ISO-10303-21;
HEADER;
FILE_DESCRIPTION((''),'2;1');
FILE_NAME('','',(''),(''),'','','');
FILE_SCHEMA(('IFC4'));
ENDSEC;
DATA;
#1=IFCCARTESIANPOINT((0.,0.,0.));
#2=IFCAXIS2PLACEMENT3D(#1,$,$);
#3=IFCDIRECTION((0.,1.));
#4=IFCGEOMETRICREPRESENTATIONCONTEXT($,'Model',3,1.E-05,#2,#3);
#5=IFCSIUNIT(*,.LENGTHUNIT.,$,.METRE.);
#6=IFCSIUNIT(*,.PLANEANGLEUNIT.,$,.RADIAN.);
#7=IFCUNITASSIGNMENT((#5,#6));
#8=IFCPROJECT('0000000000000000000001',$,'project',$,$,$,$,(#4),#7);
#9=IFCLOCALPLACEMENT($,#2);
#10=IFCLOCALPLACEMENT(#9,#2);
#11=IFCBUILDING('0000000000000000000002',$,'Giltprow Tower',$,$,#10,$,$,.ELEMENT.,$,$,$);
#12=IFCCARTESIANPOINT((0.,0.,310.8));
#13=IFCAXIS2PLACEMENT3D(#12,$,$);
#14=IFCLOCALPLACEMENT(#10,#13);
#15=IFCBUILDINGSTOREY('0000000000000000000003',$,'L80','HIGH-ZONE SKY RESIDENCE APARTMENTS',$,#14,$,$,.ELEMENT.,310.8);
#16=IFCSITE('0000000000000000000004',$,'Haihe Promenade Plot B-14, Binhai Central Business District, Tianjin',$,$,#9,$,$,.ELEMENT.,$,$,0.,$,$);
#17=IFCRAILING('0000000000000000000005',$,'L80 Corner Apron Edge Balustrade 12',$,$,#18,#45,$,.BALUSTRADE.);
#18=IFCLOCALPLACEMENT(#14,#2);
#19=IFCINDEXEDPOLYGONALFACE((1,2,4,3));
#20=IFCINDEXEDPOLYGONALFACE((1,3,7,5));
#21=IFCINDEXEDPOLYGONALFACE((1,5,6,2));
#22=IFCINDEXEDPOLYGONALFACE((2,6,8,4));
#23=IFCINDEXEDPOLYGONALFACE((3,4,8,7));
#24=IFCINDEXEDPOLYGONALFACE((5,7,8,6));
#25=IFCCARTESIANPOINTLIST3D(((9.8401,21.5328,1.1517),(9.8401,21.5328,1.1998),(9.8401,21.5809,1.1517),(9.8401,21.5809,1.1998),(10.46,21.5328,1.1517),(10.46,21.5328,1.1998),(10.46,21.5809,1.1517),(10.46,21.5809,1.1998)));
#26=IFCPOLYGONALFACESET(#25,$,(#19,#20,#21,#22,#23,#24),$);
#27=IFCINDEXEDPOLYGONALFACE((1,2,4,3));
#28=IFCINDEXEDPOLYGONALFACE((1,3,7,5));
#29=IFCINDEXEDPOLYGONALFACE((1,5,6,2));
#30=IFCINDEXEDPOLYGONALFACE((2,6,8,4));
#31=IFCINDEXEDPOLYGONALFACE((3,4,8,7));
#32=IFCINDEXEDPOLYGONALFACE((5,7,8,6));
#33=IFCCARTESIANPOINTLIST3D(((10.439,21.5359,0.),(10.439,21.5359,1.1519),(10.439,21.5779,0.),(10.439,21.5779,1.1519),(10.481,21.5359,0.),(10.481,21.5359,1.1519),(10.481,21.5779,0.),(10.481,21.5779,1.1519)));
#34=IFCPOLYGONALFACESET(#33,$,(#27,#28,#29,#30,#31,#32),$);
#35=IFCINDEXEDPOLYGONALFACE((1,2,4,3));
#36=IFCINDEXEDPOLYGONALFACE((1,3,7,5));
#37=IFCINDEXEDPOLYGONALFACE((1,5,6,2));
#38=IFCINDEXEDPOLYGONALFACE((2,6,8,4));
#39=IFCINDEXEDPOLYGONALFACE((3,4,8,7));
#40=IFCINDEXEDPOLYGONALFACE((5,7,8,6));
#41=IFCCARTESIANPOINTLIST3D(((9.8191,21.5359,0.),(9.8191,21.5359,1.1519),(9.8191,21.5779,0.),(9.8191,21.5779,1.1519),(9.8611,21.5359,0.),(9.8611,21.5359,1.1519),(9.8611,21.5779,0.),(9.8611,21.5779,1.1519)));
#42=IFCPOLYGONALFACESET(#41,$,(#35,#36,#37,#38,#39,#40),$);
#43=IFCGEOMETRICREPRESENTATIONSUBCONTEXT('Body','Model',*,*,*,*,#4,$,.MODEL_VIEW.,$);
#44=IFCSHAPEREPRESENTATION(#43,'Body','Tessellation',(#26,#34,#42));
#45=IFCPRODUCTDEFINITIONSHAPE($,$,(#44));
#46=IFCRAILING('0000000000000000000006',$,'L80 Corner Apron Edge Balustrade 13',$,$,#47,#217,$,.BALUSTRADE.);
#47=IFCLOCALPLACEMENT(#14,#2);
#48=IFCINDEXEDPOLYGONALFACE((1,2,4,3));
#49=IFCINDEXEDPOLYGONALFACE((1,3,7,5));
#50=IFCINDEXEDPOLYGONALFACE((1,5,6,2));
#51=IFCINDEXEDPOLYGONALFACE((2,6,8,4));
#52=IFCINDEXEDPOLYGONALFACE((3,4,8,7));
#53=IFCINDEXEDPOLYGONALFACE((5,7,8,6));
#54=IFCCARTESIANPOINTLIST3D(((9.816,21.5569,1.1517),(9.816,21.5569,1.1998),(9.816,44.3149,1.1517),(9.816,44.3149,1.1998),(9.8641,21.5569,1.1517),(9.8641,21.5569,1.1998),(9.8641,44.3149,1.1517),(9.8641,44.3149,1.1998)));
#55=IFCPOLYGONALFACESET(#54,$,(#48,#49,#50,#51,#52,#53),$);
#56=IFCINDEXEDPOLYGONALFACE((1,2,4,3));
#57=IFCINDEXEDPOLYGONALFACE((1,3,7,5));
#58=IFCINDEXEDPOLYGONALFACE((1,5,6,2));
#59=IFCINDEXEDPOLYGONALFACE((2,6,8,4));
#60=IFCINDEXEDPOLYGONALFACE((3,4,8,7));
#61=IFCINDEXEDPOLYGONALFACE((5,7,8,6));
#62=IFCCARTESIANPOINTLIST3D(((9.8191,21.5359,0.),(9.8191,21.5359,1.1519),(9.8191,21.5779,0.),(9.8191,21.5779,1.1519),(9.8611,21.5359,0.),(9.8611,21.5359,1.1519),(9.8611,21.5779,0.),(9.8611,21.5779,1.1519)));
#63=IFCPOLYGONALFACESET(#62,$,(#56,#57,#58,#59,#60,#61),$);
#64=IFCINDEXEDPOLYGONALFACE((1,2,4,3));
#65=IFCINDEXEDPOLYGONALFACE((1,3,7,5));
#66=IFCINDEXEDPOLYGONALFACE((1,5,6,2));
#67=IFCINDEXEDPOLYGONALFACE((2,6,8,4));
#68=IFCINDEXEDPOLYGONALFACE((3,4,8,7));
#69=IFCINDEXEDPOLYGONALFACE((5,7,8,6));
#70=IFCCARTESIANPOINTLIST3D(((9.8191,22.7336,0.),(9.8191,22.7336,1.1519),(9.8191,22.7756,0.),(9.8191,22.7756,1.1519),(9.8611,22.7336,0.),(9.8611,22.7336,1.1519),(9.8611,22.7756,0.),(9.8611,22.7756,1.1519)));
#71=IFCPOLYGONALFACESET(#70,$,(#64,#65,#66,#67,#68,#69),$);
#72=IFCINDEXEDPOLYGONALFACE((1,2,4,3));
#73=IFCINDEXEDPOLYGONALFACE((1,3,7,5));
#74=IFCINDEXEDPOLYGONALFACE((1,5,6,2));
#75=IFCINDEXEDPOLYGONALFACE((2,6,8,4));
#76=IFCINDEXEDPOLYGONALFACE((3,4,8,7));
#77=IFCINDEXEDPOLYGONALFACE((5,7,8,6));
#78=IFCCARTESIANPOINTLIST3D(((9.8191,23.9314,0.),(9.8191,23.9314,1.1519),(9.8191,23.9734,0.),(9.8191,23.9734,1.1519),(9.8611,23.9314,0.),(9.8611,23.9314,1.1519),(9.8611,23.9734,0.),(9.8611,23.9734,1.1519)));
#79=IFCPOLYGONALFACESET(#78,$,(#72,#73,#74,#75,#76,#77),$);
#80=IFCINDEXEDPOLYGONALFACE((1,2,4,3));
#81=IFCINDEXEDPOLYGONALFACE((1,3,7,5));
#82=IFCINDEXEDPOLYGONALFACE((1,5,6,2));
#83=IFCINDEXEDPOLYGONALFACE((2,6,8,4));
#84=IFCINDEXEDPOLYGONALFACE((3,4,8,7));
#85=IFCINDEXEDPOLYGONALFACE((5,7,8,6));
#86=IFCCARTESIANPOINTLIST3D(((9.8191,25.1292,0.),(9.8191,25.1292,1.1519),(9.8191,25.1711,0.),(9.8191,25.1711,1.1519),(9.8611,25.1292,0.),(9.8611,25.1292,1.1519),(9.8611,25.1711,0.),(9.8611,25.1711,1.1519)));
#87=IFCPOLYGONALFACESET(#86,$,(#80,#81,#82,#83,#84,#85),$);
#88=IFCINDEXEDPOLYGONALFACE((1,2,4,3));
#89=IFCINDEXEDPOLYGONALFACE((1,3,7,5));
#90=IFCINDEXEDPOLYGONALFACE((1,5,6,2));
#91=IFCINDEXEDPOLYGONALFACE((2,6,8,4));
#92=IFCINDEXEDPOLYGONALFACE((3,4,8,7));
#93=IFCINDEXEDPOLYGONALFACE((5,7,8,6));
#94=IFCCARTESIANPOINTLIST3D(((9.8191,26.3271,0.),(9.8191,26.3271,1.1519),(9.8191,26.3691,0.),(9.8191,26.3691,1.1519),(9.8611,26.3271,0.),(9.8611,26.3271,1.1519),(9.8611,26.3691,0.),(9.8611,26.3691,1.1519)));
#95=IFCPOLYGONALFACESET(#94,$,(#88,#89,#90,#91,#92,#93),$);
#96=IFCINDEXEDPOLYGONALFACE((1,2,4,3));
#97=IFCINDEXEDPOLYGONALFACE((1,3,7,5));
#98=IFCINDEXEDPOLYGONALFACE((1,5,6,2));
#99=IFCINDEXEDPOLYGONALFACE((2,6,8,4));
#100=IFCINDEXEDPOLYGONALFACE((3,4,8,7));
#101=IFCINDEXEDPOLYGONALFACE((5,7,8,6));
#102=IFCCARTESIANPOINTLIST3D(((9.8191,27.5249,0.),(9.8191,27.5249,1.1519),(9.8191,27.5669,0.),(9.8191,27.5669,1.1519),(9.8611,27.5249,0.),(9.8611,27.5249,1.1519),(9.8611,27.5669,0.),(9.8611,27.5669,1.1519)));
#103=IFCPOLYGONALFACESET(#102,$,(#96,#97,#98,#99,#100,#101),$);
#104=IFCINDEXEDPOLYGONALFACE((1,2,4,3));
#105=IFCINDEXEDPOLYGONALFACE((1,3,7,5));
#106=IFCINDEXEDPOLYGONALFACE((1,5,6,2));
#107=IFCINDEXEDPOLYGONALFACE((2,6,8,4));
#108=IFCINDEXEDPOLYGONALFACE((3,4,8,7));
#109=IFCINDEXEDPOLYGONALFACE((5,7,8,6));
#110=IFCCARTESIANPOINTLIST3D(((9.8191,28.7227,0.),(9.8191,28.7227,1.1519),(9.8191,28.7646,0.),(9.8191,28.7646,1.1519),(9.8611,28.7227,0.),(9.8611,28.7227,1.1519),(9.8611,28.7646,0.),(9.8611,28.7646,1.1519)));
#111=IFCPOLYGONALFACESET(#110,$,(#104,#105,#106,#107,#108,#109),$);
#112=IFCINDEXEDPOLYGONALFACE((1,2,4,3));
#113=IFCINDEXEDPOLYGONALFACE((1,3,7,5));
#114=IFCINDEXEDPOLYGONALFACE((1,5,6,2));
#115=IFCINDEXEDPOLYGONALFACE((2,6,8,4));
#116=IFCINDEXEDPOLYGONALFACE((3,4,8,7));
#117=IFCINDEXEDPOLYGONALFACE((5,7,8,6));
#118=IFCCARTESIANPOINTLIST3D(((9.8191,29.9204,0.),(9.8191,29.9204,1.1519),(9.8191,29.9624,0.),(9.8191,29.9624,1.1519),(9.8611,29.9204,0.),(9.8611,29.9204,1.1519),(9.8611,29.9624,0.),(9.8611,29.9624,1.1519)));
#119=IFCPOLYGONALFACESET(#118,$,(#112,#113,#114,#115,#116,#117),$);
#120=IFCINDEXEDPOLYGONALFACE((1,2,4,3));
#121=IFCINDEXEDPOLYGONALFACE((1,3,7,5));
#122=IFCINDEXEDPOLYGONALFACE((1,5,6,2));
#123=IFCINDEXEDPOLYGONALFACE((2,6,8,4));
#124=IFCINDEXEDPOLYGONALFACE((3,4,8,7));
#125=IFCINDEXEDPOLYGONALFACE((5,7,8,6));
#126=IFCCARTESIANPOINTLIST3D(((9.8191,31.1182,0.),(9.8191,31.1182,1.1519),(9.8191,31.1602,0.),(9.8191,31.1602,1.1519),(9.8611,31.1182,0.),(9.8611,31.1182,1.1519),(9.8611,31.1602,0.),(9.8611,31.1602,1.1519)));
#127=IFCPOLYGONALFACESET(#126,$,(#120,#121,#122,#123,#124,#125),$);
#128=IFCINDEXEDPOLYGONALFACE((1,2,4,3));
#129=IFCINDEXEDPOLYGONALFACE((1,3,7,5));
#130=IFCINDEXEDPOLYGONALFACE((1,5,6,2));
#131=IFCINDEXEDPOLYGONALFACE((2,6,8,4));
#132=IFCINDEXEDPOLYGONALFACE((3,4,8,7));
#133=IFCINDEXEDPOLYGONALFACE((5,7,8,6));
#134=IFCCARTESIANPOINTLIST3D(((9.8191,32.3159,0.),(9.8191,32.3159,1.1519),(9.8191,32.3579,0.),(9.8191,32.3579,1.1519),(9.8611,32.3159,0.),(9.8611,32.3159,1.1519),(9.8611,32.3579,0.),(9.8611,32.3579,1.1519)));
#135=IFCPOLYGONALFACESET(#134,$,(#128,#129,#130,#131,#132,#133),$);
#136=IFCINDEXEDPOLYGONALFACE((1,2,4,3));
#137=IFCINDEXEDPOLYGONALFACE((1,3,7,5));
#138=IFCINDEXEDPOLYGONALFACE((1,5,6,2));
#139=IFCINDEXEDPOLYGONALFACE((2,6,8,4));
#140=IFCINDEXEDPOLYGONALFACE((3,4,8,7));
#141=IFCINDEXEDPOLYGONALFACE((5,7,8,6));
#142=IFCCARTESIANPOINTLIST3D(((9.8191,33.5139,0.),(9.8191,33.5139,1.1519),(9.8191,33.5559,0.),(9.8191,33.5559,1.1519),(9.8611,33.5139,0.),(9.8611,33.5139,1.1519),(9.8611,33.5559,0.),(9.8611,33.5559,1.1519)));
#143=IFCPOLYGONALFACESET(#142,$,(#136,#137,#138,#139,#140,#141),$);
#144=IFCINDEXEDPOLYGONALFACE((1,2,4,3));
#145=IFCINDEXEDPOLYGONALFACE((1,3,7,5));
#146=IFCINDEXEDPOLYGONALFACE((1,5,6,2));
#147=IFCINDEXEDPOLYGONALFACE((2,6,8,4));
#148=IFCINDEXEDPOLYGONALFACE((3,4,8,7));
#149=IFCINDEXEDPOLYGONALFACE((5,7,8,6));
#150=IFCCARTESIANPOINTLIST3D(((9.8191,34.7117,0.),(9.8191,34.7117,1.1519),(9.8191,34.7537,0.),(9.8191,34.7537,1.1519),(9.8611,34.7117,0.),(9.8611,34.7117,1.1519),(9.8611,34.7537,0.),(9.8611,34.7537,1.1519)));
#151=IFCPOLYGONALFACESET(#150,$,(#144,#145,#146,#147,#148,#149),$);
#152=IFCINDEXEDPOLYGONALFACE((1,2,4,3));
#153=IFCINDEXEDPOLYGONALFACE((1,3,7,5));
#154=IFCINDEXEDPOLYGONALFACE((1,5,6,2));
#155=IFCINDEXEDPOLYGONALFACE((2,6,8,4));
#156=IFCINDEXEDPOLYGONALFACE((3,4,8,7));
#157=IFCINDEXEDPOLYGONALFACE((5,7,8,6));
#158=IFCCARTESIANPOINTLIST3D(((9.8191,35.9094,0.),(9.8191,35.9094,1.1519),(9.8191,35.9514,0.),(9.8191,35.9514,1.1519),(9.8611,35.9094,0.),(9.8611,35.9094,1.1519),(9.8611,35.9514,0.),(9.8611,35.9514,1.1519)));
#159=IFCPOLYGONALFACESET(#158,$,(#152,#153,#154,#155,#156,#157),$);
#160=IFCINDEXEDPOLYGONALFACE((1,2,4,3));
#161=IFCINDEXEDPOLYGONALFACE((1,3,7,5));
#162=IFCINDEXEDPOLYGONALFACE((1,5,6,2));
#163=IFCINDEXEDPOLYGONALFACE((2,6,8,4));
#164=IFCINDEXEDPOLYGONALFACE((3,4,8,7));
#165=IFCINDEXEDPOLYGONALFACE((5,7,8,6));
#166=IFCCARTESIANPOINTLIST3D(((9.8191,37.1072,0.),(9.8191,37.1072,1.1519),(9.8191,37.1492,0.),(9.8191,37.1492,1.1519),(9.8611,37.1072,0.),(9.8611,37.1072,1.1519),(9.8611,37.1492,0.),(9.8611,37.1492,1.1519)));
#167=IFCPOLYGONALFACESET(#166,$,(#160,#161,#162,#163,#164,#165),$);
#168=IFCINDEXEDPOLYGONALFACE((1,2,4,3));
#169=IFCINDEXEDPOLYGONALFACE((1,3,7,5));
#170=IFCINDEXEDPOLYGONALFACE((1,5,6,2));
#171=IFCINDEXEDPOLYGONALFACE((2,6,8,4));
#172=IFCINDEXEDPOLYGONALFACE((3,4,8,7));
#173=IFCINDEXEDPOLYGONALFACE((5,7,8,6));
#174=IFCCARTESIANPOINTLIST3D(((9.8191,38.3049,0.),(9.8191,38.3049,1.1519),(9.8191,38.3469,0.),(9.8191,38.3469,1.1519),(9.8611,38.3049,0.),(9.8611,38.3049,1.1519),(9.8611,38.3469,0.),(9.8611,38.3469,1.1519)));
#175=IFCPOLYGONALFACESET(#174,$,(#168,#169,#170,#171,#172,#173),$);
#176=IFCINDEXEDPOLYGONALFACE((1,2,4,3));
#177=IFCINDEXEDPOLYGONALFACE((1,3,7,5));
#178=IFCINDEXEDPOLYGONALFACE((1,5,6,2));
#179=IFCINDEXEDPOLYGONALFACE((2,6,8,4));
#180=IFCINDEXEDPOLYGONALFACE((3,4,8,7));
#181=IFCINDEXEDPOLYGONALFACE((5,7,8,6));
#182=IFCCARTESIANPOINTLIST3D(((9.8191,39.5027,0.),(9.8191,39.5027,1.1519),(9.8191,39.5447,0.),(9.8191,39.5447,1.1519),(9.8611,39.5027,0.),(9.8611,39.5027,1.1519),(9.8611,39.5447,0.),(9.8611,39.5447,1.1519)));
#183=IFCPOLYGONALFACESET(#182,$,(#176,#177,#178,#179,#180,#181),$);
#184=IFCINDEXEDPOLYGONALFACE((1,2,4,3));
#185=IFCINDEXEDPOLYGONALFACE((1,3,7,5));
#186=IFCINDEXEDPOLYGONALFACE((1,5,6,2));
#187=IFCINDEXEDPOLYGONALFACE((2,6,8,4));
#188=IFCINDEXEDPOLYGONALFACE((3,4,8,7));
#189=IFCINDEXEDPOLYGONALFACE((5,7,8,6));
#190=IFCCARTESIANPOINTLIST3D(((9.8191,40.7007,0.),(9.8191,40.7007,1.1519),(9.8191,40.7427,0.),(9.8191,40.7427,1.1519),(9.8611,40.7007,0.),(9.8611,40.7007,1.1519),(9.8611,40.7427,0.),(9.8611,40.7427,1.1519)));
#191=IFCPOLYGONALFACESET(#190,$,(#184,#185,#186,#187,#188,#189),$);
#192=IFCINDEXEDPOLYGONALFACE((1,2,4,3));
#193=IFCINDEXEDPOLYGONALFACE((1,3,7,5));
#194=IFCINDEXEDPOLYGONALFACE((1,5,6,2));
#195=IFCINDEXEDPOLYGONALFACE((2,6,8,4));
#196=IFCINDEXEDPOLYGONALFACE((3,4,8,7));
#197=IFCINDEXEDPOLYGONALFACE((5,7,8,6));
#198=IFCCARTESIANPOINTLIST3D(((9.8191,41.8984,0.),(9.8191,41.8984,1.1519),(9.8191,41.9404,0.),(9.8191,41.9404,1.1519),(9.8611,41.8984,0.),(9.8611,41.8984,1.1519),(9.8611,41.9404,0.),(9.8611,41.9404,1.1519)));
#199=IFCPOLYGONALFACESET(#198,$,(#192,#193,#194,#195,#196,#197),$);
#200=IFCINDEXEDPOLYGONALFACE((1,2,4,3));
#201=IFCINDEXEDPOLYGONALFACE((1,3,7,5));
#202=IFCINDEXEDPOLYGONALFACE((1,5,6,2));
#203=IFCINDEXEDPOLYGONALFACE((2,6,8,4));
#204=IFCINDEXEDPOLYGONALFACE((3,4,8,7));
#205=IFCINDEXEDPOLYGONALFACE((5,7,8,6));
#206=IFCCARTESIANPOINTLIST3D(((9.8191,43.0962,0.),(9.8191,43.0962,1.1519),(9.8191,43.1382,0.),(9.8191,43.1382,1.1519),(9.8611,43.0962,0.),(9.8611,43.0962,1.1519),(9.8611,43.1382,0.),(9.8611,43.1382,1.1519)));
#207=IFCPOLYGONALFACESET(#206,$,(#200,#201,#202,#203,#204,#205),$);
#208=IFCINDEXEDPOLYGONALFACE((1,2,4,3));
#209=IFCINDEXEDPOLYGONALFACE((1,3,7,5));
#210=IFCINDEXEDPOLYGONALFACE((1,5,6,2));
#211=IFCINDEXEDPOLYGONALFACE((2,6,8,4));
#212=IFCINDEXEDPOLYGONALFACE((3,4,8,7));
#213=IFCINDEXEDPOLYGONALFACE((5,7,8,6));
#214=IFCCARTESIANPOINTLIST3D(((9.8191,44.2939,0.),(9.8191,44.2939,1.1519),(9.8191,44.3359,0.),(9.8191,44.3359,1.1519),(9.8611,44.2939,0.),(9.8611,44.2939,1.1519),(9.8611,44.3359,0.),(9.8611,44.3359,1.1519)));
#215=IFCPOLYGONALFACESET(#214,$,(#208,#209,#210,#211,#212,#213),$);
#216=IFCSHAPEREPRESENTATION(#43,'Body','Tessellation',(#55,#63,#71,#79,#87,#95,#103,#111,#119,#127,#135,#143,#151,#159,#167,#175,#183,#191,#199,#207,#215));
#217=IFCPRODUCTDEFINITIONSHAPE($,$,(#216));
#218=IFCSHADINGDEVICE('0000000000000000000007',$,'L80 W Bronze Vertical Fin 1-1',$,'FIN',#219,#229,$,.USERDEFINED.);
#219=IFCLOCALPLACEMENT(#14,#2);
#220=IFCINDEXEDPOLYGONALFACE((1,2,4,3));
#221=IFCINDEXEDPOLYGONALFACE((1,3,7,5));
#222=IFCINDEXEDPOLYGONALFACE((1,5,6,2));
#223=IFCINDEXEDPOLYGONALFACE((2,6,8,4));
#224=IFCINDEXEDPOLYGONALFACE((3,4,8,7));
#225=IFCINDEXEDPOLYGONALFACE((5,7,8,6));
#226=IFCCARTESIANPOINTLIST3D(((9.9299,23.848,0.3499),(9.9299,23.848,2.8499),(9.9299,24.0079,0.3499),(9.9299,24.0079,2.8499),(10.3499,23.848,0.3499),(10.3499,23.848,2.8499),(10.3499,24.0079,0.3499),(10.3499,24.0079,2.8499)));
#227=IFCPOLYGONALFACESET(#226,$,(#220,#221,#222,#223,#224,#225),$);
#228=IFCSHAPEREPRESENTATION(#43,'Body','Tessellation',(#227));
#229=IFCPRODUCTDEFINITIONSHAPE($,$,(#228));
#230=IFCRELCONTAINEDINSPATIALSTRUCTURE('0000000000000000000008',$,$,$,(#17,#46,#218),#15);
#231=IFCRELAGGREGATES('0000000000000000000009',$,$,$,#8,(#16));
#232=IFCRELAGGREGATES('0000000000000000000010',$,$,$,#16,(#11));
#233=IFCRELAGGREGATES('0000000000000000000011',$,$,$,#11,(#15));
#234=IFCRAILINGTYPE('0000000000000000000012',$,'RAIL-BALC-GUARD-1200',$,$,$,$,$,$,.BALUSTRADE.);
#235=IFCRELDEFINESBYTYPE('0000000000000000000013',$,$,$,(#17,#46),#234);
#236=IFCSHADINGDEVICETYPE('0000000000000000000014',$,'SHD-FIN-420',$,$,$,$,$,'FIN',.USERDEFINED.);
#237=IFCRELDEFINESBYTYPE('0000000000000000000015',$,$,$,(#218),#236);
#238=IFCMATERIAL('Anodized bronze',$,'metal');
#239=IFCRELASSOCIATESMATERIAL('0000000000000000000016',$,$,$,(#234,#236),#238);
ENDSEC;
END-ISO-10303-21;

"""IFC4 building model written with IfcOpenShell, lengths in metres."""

from ifc_helpers import new_model, si_unit, direction, frame, origin, origin_2d, place, context, subcontext, project, spatial, rectangle, extrude, source, transform, mapped, material, type_object, element, save


model = new_model("IFC4")

# Units and contexts
model_context = context("Model", 3, precision=1e-05, world=origin(), true_north=direction((0.0, 1.0)))
body_context = subcontext(model_context, "Body", "Model", "MODEL_VIEW")
ifc_project = project(units=[si_unit("LENGTHUNIT", "METRE"), si_unit("PLANEANGLEUNIT", "RADIAN")], contexts=[model_context])

# Site, building, storey
site_placement = place(None, origin())
site = spatial("IfcSite", under=ifc_project, at=site_placement, Name="Haihe Promenade Plot B-14, Binhai Central Business District, Tianjin", CompositionType="ELEMENT", RefElevation=0.0)
building_placement = place(site_placement, origin())
building = spatial("IfcBuilding", under=site, at=building_placement, Name="Giltprow Tower", CompositionType="ELEMENT")
storey_placement = place(building_placement, frame((0.0, 0.0, 310.8)))
storey = spatial("IfcBuildingStorey", under=building, at=storey_placement, Name="L80", Description="HIGH-ZONE SKY RESIDENCE APARTMENTS", CompositionType="ELEMENT", Elevation=310.8)

# Shared definitions
ifc_material_1 = material(Name="Anodized bronze", Category="metal")

# Railings
railing_type = type_object("IfcRailingType", Name="RAIL-BALC-GUARD-1200", PredefinedType="BALUSTRADE", material=ifc_material_1)
railing_1_placement = place(storey_placement, frame((10.46, 21.5569, 0.0)))
element("IfcRailing", 1, at=railing_1_placement, inside=storey, type_object=railing_type, Name="L80 Corner Apron Edge Balustrade 12", PredefinedType="BALUSTRADE", context=body_context, shape_type="SweptSolid", body=[
    extrude(rectangle(XDim=0.0481, YDim=0.0481, at=origin_2d()), frame((0.0, 0.0, 1.1758), z_axis=(-1.0, 0.0, 0.0), x_axis=(0.0, -1.0, 0.0)), (0.0, 0.0, 1.0), 0.6199),
    extrude(rectangle(XDim=0.042, YDim=0.042, at=origin_2d()), origin(), (0.0, 0.0, 1.0), 1.1519),
    extrude(rectangle(XDim=0.042, YDim=0.042, at=origin_2d()), frame((-0.6199, 0.0, 0.0)), (0.0, 0.0, 1.0), 1.1519),
])
railing_2_placement = place(storey_placement, frame((9.8401, 21.5569, 0.0)))
element("IfcRailing", 2, at=railing_2_placement, inside=storey, type_object=railing_type, Name="L80 Corner Apron Edge Balustrade 13", PredefinedType="BALUSTRADE", context=body_context, shape_type="SweptSolid", body=[
    extrude(rectangle(XDim=0.0481, YDim=0.0481, at=origin_2d()), frame((0.0, 0.0, 1.1758), z_axis=(0.0, 1.0, 0.0), x_axis=(-1.0, 0.0, 0.0)), (0.0, 0.0, 1.0), 22.7581),
    extrude(rectangle(XDim=0.042, YDim=0.042, at=origin_2d()), origin(), (0.0, 0.0, 1.0), 1.1519),
    extrude(rectangle(XDim=0.042, YDim=0.042, at=origin_2d()), frame((0.0, 1.1978, 0.0)), (0.0, 0.0, 1.0), 1.1519),
    extrude(rectangle(XDim=0.042, YDim=0.042, at=origin_2d()), frame((0.0, 2.3955, 0.0)), (0.0, 0.0, 1.0), 1.1519),
    extrude(rectangle(XDim=0.042, YDim=0.042, at=origin_2d()), frame((0.0, 3.5933, 0.0)), (0.0, 0.0, 1.0), 1.1519),
    extrude(rectangle(XDim=0.042, YDim=0.042, at=origin_2d()), frame((0.0, 4.7913, 0.0)), (0.0, 0.0, 1.0), 1.1519),
    extrude(rectangle(XDim=0.042, YDim=0.042, at=origin_2d()), frame((0.0, 5.989, 0.0)), (0.0, 0.0, 1.0), 1.1519),
    extrude(rectangle(XDim=0.042, YDim=0.042, at=origin_2d()), frame((0.0, 7.1868, 0.0)), (0.0, 0.0, 1.0), 1.1519),
    extrude(rectangle(XDim=0.042, YDim=0.042, at=origin_2d()), frame((0.0, 8.3845, 0.0)), (0.0, 0.0, 1.0), 1.1519),
    extrude(rectangle(XDim=0.042, YDim=0.042, at=origin_2d()), frame((0.0, 9.5823, 0.0)), (0.0, 0.0, 1.0), 1.1519),
    extrude(rectangle(XDim=0.042, YDim=0.042, at=origin_2d()), frame((0.0, 10.78, 0.0)), (0.0, 0.0, 1.0), 1.1519),
    extrude(rectangle(XDim=0.042, YDim=0.042, at=origin_2d()), frame((0.0, 11.978, 0.0)), (0.0, 0.0, 1.0), 1.1519),
    extrude(rectangle(XDim=0.042, YDim=0.042, at=origin_2d()), frame((0.0, 13.1758, 0.0)), (0.0, 0.0, 1.0), 1.1519),
    extrude(rectangle(XDim=0.042, YDim=0.042, at=origin_2d()), frame((0.0, 14.3735, 0.0)), (0.0, 0.0, 1.0), 1.1519),
    extrude(rectangle(XDim=0.042, YDim=0.042, at=origin_2d()), frame((0.0, 15.5713, 0.0)), (0.0, 0.0, 1.0), 1.1519),
    extrude(rectangle(XDim=0.042, YDim=0.042, at=origin_2d()), frame((0.0, 16.769, 0.0)), (0.0, 0.0, 1.0), 1.1519),
    extrude(rectangle(XDim=0.042, YDim=0.042, at=origin_2d()), frame((0.0, 17.9668, 0.0)), (0.0, 0.0, 1.0), 1.1519),
    extrude(rectangle(XDim=0.042, YDim=0.042, at=origin_2d()), frame((0.0, 19.1648, 0.0)), (0.0, 0.0, 1.0), 1.1519),
    extrude(rectangle(XDim=0.042, YDim=0.042, at=origin_2d()), frame((0.0, 20.3625, 0.0)), (0.0, 0.0, 1.0), 1.1519),
    extrude(rectangle(XDim=0.042, YDim=0.042, at=origin_2d()), frame((0.0, 21.5603, 0.0)), (0.0, 0.0, 1.0), 1.1519),
    extrude(rectangle(XDim=0.042, YDim=0.042, at=origin_2d()), frame((0.0, 22.7581, 0.0)), (0.0, 0.0, 1.0), 1.1519),
])

# Shading device
shading_device_type = type_object("IfcShadingDeviceType", Name="SHD-FIN-420", ElementType="FIN", PredefinedType="USERDEFINED", material=ifc_material_1)
shared_shape_1 = source(origin(), body_context, "Body", "SweptSolid", [
    extrude(rectangle(XDim=0.4199, YDim=0.1599, at=origin_2d()), origin(), (0.0, 0.0, 1.0), 2.5),
])
shading_device_placement = place(storey_placement, frame((10.1399, 23.928, 0.3499), z_axis=(0.0, 0.0, 1.0), x_axis=(1.0, 0.0, 0.0)))
element("IfcShadingDevice", 3, at=shading_device_placement, inside=storey, type_object=shading_device_type, Name="L80 W Bronze Vertical Fin 1-1", ObjectType="FIN", PredefinedType="USERDEFINED", context=body_context, shape_type="MappedRepresentation", body=[
    mapped(shared_shape_1, transform((0.0, 0.0, 0.0), x_axis=(1.0, 0.0, 0.0), y_axis=(0.0, 1.0, 0.0), z_axis=(0.0, 0.0, 1.0), scale=1.0)),
])

save(model, "model.ifc")
